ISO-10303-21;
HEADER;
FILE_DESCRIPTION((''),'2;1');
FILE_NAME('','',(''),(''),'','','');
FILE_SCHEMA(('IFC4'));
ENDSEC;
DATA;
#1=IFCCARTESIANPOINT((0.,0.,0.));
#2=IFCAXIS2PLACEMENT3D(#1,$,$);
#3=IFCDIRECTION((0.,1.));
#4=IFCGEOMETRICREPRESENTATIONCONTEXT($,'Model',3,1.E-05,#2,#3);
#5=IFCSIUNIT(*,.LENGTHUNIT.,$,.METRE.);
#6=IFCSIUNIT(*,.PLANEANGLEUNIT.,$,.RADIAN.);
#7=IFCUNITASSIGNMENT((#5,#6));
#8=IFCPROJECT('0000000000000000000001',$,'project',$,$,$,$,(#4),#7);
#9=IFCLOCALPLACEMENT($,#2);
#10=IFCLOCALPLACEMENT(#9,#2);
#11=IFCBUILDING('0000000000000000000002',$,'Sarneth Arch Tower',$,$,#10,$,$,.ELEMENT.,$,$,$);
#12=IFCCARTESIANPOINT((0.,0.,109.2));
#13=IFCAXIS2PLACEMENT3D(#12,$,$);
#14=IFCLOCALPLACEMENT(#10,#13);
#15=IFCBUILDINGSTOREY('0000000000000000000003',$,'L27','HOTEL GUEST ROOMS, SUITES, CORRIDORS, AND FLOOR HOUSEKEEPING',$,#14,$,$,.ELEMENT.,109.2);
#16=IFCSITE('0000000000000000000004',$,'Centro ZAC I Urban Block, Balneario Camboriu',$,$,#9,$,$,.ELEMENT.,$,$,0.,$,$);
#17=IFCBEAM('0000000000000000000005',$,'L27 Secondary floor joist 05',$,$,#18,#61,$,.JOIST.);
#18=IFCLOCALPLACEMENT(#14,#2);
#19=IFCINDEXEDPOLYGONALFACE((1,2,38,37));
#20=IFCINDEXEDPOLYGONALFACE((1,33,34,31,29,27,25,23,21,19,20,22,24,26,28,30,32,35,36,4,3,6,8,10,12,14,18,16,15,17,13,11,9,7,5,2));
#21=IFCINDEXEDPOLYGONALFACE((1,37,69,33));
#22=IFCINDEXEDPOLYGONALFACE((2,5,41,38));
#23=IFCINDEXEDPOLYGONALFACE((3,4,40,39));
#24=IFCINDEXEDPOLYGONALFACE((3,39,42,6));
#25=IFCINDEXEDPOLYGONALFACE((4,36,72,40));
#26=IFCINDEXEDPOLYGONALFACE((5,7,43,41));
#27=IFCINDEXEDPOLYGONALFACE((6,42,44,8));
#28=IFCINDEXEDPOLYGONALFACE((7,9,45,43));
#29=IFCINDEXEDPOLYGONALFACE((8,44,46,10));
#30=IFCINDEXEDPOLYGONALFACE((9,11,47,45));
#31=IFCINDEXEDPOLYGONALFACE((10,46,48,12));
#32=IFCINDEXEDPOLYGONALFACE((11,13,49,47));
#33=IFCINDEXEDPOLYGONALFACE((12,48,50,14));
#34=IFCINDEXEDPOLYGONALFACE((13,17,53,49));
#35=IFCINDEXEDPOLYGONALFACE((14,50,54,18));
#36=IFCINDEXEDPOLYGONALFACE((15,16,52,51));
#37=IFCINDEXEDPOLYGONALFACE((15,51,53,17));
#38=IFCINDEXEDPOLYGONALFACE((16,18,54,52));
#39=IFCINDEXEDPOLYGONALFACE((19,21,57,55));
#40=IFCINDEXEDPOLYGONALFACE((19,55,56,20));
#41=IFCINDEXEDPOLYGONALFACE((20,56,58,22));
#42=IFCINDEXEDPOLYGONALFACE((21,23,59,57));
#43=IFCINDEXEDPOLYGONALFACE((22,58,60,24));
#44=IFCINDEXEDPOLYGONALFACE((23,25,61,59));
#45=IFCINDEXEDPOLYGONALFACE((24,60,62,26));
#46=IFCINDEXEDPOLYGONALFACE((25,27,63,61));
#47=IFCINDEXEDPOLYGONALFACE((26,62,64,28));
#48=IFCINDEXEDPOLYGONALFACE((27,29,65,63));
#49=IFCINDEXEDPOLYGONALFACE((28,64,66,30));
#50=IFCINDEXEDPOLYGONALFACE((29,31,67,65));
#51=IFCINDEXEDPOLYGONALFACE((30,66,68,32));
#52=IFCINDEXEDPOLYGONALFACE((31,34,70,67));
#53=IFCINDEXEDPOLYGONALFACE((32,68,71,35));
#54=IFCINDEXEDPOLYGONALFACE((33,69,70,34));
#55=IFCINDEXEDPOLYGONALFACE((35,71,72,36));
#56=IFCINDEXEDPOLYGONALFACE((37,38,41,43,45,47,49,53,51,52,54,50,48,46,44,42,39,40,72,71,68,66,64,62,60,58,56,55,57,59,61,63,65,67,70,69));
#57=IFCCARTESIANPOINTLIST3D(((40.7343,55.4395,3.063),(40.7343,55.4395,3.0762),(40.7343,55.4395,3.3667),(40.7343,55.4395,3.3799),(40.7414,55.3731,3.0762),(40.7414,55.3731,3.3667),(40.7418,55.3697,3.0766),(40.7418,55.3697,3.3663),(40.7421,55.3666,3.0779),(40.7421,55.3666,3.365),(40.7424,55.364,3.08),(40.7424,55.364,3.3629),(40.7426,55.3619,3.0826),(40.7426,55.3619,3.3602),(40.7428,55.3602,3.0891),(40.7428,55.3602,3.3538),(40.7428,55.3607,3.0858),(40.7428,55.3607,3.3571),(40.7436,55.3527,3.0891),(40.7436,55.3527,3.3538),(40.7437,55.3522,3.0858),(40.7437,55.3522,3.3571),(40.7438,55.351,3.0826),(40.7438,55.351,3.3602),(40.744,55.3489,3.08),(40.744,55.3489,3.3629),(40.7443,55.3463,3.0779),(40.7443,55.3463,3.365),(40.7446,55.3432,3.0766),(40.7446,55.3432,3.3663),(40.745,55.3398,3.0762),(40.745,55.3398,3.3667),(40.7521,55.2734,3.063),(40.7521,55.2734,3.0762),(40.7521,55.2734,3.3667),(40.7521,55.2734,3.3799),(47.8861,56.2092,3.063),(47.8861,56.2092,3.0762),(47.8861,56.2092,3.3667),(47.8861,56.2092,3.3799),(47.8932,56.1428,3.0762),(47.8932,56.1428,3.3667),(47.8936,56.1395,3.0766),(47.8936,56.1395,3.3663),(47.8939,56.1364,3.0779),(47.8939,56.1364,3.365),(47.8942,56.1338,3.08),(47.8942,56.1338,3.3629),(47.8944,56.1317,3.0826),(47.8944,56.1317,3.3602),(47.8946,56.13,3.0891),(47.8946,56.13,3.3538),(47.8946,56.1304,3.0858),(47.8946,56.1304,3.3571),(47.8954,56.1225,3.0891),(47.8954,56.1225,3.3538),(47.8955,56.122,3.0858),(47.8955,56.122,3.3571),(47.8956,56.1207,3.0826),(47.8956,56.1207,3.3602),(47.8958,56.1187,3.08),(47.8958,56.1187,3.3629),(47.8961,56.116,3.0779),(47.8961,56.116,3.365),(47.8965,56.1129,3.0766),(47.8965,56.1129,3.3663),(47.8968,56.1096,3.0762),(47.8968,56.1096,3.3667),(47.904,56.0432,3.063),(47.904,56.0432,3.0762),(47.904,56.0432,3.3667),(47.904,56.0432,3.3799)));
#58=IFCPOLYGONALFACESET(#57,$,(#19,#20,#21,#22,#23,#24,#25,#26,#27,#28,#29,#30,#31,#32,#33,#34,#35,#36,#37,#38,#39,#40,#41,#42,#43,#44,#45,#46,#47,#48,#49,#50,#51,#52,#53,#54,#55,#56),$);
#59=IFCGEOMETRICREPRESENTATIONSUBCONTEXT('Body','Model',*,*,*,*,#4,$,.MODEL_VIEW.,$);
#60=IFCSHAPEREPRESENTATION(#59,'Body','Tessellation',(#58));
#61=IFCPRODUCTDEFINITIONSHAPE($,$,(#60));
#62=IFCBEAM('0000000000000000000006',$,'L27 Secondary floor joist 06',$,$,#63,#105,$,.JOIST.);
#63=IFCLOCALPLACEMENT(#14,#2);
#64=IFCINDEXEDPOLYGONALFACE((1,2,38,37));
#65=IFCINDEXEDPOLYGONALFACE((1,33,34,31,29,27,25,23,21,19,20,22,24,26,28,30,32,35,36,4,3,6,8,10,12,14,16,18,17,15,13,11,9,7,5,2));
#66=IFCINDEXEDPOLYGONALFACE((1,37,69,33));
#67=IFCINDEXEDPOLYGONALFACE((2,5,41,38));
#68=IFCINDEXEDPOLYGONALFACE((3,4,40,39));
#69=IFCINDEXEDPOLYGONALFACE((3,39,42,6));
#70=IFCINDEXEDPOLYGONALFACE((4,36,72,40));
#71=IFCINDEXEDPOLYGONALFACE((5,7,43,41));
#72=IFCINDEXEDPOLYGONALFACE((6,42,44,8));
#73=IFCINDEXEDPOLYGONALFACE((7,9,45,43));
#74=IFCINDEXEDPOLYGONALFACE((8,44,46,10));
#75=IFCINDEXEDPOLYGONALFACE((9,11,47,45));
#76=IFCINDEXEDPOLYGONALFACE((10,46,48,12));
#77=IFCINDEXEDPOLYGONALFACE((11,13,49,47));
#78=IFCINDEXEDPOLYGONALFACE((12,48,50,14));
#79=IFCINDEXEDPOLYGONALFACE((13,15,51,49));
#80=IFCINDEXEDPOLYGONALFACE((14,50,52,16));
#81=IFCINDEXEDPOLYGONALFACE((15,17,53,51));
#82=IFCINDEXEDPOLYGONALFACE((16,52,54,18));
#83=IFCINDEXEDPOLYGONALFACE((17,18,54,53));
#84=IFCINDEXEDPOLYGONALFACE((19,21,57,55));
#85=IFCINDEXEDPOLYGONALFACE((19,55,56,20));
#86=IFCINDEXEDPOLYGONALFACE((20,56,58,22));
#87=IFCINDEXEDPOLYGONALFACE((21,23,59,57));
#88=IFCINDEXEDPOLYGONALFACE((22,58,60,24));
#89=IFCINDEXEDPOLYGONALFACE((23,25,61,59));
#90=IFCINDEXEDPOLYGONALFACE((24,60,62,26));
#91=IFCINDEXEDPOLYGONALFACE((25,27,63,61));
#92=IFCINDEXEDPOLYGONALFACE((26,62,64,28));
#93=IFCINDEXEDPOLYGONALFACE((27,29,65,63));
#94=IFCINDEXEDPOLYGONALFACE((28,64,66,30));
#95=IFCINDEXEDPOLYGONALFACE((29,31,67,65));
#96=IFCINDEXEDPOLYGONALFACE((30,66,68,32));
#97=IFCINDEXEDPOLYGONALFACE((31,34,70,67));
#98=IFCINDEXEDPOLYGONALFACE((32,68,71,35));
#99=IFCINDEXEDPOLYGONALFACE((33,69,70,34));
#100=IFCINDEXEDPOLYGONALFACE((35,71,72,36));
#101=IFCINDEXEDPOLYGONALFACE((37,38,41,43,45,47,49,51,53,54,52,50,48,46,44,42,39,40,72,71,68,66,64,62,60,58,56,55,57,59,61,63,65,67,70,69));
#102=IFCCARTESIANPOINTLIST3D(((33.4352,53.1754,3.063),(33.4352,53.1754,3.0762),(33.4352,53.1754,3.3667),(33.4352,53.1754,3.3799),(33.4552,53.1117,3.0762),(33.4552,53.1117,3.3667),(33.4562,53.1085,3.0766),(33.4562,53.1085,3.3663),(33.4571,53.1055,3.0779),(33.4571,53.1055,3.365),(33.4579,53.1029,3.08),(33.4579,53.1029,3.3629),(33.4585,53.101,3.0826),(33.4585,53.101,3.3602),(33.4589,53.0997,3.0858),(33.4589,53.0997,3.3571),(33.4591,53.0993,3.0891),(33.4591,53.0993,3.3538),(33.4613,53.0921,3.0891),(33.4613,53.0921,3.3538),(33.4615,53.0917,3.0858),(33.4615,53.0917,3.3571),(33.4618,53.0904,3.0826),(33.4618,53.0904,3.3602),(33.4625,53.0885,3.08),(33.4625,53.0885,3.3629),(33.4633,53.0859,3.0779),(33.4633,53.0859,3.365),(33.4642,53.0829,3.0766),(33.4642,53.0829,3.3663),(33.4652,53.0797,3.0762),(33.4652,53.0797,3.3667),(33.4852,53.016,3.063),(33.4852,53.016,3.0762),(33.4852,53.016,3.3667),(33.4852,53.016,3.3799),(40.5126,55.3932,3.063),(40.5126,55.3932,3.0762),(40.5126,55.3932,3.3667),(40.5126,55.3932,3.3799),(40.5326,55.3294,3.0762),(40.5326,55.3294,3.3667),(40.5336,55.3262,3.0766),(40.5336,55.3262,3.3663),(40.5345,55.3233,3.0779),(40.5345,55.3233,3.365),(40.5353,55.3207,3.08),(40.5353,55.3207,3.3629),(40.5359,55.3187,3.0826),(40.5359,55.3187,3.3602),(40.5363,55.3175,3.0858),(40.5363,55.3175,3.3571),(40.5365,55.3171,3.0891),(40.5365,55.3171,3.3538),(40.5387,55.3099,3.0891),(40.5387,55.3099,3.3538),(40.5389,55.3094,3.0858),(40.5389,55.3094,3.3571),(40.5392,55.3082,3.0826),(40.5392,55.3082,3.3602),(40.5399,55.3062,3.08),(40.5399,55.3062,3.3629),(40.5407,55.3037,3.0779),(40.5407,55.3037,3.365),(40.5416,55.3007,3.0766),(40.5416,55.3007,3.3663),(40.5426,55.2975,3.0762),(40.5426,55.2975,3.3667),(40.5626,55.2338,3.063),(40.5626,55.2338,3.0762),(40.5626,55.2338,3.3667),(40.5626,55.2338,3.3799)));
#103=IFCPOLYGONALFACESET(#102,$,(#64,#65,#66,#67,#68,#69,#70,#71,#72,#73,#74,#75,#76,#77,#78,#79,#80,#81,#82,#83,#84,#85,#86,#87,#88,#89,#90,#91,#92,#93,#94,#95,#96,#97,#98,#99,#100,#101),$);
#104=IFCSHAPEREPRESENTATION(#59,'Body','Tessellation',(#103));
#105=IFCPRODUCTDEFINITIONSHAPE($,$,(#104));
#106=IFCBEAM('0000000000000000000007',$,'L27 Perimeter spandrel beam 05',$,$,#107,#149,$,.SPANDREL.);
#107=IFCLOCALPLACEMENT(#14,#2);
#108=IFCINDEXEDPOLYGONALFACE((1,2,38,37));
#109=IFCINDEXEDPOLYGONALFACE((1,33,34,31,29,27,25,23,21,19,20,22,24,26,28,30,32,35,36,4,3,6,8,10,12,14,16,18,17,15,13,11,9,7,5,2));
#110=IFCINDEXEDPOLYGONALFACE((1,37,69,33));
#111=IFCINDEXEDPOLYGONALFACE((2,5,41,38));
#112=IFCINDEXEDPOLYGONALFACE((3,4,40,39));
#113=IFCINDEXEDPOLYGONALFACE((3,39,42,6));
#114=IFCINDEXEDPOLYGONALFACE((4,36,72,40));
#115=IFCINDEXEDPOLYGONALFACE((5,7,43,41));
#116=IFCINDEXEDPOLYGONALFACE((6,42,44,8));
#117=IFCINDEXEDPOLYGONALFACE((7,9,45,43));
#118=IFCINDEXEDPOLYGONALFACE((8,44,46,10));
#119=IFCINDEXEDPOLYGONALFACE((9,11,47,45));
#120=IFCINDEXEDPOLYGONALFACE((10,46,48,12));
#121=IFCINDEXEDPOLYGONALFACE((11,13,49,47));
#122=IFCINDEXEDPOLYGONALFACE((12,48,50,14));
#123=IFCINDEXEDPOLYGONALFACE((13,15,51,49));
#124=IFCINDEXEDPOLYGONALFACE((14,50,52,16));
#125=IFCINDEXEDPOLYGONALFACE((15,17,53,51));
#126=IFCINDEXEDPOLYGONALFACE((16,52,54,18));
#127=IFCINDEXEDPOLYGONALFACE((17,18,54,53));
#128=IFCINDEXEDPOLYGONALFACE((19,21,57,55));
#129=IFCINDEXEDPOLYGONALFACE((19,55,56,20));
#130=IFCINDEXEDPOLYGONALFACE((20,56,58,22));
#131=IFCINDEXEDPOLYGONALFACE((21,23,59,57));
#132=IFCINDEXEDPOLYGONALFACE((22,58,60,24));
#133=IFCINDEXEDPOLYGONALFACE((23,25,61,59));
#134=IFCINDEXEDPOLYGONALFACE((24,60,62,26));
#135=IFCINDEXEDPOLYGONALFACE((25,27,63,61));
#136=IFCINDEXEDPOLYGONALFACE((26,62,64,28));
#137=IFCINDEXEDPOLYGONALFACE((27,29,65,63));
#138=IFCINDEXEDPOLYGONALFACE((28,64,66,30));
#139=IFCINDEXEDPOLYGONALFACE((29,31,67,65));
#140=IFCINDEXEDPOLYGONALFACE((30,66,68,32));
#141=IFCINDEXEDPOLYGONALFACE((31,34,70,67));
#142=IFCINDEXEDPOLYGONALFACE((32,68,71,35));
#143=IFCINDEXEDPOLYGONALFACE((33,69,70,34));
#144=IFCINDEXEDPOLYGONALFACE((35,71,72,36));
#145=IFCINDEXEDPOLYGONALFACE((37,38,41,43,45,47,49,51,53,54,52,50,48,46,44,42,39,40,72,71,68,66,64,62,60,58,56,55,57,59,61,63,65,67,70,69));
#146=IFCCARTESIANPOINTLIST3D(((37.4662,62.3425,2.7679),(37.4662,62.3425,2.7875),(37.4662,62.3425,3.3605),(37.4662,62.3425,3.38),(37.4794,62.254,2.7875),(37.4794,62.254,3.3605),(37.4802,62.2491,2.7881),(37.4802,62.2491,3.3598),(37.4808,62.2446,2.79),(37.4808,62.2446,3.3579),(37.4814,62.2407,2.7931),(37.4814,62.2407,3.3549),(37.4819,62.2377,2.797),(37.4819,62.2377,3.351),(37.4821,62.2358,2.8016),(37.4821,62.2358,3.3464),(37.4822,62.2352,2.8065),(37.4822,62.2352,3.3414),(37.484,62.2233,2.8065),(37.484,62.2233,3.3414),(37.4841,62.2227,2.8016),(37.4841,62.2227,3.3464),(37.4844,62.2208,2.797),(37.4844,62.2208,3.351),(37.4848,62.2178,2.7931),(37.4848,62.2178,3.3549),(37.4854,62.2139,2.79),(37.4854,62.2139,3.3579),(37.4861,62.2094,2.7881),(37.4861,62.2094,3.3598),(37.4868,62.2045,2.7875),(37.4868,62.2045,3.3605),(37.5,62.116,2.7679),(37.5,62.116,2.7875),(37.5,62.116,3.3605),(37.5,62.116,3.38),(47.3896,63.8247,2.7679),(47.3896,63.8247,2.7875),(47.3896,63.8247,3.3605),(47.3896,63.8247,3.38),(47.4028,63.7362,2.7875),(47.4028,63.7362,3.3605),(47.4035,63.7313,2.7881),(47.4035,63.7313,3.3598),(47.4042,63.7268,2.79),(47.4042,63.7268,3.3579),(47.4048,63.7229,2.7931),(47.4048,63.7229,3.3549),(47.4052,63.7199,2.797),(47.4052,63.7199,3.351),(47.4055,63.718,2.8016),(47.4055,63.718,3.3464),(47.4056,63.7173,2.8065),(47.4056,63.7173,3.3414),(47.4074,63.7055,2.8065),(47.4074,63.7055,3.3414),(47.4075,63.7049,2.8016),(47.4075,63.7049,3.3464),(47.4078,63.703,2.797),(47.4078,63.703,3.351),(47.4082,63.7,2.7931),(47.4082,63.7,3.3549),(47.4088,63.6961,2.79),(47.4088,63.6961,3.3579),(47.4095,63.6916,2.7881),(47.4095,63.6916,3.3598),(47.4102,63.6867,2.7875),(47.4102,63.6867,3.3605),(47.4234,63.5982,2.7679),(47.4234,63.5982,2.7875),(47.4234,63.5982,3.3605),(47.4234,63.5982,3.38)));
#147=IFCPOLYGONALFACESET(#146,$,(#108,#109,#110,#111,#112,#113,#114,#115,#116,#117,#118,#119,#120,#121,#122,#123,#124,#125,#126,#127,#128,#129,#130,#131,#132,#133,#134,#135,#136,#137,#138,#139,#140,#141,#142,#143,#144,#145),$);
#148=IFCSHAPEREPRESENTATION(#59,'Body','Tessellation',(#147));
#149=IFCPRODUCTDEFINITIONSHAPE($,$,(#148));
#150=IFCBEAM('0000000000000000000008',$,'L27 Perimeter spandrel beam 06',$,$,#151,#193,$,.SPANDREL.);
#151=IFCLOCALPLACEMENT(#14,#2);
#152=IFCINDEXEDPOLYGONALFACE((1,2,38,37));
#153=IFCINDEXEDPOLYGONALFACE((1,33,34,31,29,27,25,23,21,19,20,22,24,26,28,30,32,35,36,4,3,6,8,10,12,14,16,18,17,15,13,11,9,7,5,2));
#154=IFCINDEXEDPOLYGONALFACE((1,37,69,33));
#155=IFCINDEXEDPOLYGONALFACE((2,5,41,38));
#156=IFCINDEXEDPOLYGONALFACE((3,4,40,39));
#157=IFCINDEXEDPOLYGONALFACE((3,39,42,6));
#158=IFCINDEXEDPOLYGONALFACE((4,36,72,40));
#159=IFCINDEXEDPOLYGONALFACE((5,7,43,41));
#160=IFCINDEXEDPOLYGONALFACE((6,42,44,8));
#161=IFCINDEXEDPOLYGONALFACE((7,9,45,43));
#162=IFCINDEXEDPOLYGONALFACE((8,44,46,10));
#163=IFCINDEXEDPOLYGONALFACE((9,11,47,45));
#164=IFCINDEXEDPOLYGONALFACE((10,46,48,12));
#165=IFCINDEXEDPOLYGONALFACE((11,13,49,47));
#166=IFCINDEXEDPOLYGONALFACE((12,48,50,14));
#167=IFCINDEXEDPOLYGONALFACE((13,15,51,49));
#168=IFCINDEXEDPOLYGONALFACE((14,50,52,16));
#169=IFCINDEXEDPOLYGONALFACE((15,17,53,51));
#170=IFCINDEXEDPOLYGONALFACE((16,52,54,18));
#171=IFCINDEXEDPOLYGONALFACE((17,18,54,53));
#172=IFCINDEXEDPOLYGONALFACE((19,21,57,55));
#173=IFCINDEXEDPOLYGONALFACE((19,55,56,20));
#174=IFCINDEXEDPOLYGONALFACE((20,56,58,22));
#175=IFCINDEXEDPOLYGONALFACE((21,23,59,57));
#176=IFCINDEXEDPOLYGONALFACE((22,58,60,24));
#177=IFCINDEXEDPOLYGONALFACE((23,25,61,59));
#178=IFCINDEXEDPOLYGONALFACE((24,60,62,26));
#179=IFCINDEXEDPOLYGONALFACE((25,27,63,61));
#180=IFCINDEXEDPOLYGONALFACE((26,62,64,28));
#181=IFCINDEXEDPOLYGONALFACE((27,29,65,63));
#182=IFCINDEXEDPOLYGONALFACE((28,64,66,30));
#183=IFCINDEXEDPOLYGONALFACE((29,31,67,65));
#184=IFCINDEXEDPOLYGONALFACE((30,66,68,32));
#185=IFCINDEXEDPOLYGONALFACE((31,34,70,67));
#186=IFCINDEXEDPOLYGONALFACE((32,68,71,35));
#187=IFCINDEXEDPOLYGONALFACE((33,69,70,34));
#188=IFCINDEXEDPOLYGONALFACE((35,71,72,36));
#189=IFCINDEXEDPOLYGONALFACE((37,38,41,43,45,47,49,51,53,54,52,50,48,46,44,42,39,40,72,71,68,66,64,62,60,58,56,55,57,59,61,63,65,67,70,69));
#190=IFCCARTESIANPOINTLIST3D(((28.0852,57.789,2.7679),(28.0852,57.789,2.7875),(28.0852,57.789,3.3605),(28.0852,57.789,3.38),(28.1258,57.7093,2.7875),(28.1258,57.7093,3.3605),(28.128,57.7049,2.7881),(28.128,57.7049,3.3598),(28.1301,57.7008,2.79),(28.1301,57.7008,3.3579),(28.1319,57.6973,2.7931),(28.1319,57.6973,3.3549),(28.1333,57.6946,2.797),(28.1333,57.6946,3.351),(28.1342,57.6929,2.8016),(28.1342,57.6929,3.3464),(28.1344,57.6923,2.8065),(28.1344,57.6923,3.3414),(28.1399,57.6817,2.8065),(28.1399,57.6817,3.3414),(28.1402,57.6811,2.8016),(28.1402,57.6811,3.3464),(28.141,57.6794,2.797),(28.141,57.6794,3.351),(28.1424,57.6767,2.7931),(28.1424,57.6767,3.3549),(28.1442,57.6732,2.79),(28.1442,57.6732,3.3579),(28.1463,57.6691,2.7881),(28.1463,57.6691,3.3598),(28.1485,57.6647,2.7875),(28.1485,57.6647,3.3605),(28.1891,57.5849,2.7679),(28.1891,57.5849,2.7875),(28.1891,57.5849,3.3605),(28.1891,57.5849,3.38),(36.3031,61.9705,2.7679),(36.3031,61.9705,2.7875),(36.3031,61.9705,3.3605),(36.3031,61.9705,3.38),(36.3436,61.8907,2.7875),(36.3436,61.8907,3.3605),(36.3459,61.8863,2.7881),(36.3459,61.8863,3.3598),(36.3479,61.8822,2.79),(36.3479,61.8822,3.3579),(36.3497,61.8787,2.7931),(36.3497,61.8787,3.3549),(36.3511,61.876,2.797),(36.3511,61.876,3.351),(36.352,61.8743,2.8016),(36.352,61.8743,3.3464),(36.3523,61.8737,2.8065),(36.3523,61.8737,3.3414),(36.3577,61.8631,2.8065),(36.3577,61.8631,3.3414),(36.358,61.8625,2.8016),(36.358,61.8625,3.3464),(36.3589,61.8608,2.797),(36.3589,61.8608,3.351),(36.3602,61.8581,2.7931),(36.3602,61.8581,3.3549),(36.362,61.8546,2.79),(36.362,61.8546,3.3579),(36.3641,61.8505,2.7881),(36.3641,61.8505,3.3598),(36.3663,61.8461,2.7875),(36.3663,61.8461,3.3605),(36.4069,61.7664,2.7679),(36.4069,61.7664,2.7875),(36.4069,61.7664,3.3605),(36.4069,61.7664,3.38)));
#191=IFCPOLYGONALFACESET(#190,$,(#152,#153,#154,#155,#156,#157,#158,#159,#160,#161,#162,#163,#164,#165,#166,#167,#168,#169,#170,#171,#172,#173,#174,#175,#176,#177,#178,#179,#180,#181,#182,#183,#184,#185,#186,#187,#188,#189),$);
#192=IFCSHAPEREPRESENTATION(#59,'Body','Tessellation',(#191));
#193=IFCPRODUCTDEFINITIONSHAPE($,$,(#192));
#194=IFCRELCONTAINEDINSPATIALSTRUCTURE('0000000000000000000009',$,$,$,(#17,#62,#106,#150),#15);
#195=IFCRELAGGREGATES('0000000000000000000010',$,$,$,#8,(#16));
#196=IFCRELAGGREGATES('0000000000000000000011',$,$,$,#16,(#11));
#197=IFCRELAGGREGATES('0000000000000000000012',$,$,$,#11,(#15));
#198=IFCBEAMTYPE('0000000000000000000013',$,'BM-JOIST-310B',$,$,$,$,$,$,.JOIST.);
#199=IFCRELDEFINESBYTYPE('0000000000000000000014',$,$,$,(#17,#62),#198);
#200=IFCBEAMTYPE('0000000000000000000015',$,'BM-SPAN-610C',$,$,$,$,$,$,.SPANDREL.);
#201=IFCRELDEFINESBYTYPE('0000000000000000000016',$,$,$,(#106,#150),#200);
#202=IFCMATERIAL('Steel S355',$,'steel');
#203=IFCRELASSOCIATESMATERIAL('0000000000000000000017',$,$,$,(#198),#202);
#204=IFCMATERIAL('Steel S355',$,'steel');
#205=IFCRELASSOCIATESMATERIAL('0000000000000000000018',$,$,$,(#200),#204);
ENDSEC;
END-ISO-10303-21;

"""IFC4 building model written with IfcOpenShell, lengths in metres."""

from ifc_helpers import new_model, si_unit, direction, frame, origin, origin_2d, place, context, subcontext, project, spatial, i_section, extrude, material, material_profile, profile_set, type_object, element, save


model = new_model("IFC4")

# Units and contexts
model_context = context("Model", 3, precision=1e-05, world=origin(), true_north=direction((0.0, 1.0)))
body_context = subcontext(model_context, "Body", "Model", "MODEL_VIEW")
ifc_project = project(units=[si_unit("LENGTHUNIT", "METRE"), si_unit("PLANEANGLEUNIT", "RADIAN")], contexts=[model_context])

# Site, building, storey
site_placement = place(None, origin())
site = spatial("IfcSite", under=ifc_project, at=site_placement, Name="Centro ZAC I Urban Block, Balneario Camboriu", CompositionType="ELEMENT", RefElevation=0.0)
building_placement = place(site_placement, origin())
building = spatial("IfcBuilding", under=site, at=building_placement, Name="Sarneth Arch Tower", CompositionType="ELEMENT")
storey_placement = place(building_placement, frame((0.0, 0.0, 109.2)))
storey = spatial("IfcBuildingStorey", under=building, at=storey_placement, Name="L27", Description="HOTEL GUEST ROOMS, SUITES, CORRIDORS, AND FLOOR HOUSEKEEPING", CompositionType="ELEMENT", Elevation=109.2)

# Beams
ifc_material_1 = material(Name="Steel S355", Category="steel")
ifc_material_profile_1 = material_profile(ifc_material_1, i_section(OverallWidth=0.167, OverallDepth=0.3169, WebThickness=0.0076, FlangeThickness=0.0132, FilletRadius=0.0129, at=origin_2d()), Name="W310x52")
ifc_profile_set_1 = profile_set([ifc_material_profile_1], Name="Steel S355")
beam_type_1 = type_object("IfcBeamType", Name="BM-JOIST-310B", PredefinedType="JOIST", material=ifc_profile_set_1)
beam_1_placement = place(storey_placement, frame((47.895, 56.1262, 3.2214), z_axis=(-0.994257, -0.107015, 0.0), x_axis=(0.107015, -0.994257, 0.0)))
element("IfcBeam", 1, at=beam_1_placement, inside=storey, type_object=beam_type_1, Name="L27 Secondary floor joist 05", PredefinedType="JOIST", context=body_context, shape_type="SweptSolid", body=[
    extrude(i_section(OverallWidth=0.167, OverallDepth=0.3169, WebThickness=0.0076, FlangeThickness=0.0132, FilletRadius=0.0129, at=origin_2d()), origin(), (0.0, 0.0, 1.0), 7.1931),
])
beam_2_placement = place(storey_placement, frame((40.5376, 55.3135, 3.2214), z_axis=(-0.954246, -0.299023, 0.0), x_axis=(0.299023, -0.954246, 0.0)))
element("IfcBeam", 2, at=beam_2_placement, inside=storey, type_object=beam_type_1, Name="L27 Secondary floor joist 06", PredefinedType="JOIST", context=body_context, shape_type="SweptSolid", body=[
    extrude(i_section(OverallWidth=0.167, OverallDepth=0.3169, WebThickness=0.0076, FlangeThickness=0.0132, FilletRadius=0.0129, at=origin_2d()), origin(), (0.0, 0.0, 1.0), 7.4167),
])
ifc_material_2 = material(Name="Steel S355", Category="steel")
ifc_material_profile_2 = material_profile(ifc_material_2, i_section(OverallWidth=0.229, OverallDepth=0.6121, WebThickness=0.012, FlangeThickness=0.0195, FilletRadius=0.019, at=origin_2d()), Name="W610x125")
ifc_profile_set_2 = profile_set([ifc_material_profile_2], Name="Steel S355")
beam_type_2 = type_object("IfcBeamType", Name="BM-SPAN-610C", PredefinedType="SPANDREL", material=ifc_profile_set_2)
beam_3_placement = place(storey_placement, frame((47.4065, 63.7114, 3.074), z_axis=(-0.989029, -0.147724, 0.0), x_axis=(0.147724, -0.989029, 0.0)))
element("IfcBeam", 3, at=beam_3_placement, inside=storey, type_object=beam_type_2, Name="L27 Perimeter spandrel beam 05", PredefinedType="SPANDREL", context=body_context, shape_type="SweptSolid", body=[
    extrude(i_section(OverallWidth=0.229, OverallDepth=0.6121, WebThickness=0.012, FlangeThickness=0.0195, FilletRadius=0.019, at=origin_2d()), origin(), (0.0, 0.0, 1.0), 10.0334),
])
beam_4_placement = place(storey_placement, frame((36.355, 61.8684, 3.074), z_axis=(-0.891259, -0.453494, 0.0), x_axis=(0.453494, -0.891259, 0.0)))
element("IfcBeam", 4, at=beam_4_placement, inside=storey, type_object=beam_type_2, Name="L27 Perimeter spandrel beam 06", PredefinedType="SPANDREL", context=body_context, shape_type="SweptSolid", body=[
    extrude(i_section(OverallWidth=0.229, OverallDepth=0.6121, WebThickness=0.012, FlangeThickness=0.0195, FilletRadius=0.019, at=origin_2d()), origin(), (0.0, 0.0, 1.0), 9.2205),
])

save(model, "model.ifc")
